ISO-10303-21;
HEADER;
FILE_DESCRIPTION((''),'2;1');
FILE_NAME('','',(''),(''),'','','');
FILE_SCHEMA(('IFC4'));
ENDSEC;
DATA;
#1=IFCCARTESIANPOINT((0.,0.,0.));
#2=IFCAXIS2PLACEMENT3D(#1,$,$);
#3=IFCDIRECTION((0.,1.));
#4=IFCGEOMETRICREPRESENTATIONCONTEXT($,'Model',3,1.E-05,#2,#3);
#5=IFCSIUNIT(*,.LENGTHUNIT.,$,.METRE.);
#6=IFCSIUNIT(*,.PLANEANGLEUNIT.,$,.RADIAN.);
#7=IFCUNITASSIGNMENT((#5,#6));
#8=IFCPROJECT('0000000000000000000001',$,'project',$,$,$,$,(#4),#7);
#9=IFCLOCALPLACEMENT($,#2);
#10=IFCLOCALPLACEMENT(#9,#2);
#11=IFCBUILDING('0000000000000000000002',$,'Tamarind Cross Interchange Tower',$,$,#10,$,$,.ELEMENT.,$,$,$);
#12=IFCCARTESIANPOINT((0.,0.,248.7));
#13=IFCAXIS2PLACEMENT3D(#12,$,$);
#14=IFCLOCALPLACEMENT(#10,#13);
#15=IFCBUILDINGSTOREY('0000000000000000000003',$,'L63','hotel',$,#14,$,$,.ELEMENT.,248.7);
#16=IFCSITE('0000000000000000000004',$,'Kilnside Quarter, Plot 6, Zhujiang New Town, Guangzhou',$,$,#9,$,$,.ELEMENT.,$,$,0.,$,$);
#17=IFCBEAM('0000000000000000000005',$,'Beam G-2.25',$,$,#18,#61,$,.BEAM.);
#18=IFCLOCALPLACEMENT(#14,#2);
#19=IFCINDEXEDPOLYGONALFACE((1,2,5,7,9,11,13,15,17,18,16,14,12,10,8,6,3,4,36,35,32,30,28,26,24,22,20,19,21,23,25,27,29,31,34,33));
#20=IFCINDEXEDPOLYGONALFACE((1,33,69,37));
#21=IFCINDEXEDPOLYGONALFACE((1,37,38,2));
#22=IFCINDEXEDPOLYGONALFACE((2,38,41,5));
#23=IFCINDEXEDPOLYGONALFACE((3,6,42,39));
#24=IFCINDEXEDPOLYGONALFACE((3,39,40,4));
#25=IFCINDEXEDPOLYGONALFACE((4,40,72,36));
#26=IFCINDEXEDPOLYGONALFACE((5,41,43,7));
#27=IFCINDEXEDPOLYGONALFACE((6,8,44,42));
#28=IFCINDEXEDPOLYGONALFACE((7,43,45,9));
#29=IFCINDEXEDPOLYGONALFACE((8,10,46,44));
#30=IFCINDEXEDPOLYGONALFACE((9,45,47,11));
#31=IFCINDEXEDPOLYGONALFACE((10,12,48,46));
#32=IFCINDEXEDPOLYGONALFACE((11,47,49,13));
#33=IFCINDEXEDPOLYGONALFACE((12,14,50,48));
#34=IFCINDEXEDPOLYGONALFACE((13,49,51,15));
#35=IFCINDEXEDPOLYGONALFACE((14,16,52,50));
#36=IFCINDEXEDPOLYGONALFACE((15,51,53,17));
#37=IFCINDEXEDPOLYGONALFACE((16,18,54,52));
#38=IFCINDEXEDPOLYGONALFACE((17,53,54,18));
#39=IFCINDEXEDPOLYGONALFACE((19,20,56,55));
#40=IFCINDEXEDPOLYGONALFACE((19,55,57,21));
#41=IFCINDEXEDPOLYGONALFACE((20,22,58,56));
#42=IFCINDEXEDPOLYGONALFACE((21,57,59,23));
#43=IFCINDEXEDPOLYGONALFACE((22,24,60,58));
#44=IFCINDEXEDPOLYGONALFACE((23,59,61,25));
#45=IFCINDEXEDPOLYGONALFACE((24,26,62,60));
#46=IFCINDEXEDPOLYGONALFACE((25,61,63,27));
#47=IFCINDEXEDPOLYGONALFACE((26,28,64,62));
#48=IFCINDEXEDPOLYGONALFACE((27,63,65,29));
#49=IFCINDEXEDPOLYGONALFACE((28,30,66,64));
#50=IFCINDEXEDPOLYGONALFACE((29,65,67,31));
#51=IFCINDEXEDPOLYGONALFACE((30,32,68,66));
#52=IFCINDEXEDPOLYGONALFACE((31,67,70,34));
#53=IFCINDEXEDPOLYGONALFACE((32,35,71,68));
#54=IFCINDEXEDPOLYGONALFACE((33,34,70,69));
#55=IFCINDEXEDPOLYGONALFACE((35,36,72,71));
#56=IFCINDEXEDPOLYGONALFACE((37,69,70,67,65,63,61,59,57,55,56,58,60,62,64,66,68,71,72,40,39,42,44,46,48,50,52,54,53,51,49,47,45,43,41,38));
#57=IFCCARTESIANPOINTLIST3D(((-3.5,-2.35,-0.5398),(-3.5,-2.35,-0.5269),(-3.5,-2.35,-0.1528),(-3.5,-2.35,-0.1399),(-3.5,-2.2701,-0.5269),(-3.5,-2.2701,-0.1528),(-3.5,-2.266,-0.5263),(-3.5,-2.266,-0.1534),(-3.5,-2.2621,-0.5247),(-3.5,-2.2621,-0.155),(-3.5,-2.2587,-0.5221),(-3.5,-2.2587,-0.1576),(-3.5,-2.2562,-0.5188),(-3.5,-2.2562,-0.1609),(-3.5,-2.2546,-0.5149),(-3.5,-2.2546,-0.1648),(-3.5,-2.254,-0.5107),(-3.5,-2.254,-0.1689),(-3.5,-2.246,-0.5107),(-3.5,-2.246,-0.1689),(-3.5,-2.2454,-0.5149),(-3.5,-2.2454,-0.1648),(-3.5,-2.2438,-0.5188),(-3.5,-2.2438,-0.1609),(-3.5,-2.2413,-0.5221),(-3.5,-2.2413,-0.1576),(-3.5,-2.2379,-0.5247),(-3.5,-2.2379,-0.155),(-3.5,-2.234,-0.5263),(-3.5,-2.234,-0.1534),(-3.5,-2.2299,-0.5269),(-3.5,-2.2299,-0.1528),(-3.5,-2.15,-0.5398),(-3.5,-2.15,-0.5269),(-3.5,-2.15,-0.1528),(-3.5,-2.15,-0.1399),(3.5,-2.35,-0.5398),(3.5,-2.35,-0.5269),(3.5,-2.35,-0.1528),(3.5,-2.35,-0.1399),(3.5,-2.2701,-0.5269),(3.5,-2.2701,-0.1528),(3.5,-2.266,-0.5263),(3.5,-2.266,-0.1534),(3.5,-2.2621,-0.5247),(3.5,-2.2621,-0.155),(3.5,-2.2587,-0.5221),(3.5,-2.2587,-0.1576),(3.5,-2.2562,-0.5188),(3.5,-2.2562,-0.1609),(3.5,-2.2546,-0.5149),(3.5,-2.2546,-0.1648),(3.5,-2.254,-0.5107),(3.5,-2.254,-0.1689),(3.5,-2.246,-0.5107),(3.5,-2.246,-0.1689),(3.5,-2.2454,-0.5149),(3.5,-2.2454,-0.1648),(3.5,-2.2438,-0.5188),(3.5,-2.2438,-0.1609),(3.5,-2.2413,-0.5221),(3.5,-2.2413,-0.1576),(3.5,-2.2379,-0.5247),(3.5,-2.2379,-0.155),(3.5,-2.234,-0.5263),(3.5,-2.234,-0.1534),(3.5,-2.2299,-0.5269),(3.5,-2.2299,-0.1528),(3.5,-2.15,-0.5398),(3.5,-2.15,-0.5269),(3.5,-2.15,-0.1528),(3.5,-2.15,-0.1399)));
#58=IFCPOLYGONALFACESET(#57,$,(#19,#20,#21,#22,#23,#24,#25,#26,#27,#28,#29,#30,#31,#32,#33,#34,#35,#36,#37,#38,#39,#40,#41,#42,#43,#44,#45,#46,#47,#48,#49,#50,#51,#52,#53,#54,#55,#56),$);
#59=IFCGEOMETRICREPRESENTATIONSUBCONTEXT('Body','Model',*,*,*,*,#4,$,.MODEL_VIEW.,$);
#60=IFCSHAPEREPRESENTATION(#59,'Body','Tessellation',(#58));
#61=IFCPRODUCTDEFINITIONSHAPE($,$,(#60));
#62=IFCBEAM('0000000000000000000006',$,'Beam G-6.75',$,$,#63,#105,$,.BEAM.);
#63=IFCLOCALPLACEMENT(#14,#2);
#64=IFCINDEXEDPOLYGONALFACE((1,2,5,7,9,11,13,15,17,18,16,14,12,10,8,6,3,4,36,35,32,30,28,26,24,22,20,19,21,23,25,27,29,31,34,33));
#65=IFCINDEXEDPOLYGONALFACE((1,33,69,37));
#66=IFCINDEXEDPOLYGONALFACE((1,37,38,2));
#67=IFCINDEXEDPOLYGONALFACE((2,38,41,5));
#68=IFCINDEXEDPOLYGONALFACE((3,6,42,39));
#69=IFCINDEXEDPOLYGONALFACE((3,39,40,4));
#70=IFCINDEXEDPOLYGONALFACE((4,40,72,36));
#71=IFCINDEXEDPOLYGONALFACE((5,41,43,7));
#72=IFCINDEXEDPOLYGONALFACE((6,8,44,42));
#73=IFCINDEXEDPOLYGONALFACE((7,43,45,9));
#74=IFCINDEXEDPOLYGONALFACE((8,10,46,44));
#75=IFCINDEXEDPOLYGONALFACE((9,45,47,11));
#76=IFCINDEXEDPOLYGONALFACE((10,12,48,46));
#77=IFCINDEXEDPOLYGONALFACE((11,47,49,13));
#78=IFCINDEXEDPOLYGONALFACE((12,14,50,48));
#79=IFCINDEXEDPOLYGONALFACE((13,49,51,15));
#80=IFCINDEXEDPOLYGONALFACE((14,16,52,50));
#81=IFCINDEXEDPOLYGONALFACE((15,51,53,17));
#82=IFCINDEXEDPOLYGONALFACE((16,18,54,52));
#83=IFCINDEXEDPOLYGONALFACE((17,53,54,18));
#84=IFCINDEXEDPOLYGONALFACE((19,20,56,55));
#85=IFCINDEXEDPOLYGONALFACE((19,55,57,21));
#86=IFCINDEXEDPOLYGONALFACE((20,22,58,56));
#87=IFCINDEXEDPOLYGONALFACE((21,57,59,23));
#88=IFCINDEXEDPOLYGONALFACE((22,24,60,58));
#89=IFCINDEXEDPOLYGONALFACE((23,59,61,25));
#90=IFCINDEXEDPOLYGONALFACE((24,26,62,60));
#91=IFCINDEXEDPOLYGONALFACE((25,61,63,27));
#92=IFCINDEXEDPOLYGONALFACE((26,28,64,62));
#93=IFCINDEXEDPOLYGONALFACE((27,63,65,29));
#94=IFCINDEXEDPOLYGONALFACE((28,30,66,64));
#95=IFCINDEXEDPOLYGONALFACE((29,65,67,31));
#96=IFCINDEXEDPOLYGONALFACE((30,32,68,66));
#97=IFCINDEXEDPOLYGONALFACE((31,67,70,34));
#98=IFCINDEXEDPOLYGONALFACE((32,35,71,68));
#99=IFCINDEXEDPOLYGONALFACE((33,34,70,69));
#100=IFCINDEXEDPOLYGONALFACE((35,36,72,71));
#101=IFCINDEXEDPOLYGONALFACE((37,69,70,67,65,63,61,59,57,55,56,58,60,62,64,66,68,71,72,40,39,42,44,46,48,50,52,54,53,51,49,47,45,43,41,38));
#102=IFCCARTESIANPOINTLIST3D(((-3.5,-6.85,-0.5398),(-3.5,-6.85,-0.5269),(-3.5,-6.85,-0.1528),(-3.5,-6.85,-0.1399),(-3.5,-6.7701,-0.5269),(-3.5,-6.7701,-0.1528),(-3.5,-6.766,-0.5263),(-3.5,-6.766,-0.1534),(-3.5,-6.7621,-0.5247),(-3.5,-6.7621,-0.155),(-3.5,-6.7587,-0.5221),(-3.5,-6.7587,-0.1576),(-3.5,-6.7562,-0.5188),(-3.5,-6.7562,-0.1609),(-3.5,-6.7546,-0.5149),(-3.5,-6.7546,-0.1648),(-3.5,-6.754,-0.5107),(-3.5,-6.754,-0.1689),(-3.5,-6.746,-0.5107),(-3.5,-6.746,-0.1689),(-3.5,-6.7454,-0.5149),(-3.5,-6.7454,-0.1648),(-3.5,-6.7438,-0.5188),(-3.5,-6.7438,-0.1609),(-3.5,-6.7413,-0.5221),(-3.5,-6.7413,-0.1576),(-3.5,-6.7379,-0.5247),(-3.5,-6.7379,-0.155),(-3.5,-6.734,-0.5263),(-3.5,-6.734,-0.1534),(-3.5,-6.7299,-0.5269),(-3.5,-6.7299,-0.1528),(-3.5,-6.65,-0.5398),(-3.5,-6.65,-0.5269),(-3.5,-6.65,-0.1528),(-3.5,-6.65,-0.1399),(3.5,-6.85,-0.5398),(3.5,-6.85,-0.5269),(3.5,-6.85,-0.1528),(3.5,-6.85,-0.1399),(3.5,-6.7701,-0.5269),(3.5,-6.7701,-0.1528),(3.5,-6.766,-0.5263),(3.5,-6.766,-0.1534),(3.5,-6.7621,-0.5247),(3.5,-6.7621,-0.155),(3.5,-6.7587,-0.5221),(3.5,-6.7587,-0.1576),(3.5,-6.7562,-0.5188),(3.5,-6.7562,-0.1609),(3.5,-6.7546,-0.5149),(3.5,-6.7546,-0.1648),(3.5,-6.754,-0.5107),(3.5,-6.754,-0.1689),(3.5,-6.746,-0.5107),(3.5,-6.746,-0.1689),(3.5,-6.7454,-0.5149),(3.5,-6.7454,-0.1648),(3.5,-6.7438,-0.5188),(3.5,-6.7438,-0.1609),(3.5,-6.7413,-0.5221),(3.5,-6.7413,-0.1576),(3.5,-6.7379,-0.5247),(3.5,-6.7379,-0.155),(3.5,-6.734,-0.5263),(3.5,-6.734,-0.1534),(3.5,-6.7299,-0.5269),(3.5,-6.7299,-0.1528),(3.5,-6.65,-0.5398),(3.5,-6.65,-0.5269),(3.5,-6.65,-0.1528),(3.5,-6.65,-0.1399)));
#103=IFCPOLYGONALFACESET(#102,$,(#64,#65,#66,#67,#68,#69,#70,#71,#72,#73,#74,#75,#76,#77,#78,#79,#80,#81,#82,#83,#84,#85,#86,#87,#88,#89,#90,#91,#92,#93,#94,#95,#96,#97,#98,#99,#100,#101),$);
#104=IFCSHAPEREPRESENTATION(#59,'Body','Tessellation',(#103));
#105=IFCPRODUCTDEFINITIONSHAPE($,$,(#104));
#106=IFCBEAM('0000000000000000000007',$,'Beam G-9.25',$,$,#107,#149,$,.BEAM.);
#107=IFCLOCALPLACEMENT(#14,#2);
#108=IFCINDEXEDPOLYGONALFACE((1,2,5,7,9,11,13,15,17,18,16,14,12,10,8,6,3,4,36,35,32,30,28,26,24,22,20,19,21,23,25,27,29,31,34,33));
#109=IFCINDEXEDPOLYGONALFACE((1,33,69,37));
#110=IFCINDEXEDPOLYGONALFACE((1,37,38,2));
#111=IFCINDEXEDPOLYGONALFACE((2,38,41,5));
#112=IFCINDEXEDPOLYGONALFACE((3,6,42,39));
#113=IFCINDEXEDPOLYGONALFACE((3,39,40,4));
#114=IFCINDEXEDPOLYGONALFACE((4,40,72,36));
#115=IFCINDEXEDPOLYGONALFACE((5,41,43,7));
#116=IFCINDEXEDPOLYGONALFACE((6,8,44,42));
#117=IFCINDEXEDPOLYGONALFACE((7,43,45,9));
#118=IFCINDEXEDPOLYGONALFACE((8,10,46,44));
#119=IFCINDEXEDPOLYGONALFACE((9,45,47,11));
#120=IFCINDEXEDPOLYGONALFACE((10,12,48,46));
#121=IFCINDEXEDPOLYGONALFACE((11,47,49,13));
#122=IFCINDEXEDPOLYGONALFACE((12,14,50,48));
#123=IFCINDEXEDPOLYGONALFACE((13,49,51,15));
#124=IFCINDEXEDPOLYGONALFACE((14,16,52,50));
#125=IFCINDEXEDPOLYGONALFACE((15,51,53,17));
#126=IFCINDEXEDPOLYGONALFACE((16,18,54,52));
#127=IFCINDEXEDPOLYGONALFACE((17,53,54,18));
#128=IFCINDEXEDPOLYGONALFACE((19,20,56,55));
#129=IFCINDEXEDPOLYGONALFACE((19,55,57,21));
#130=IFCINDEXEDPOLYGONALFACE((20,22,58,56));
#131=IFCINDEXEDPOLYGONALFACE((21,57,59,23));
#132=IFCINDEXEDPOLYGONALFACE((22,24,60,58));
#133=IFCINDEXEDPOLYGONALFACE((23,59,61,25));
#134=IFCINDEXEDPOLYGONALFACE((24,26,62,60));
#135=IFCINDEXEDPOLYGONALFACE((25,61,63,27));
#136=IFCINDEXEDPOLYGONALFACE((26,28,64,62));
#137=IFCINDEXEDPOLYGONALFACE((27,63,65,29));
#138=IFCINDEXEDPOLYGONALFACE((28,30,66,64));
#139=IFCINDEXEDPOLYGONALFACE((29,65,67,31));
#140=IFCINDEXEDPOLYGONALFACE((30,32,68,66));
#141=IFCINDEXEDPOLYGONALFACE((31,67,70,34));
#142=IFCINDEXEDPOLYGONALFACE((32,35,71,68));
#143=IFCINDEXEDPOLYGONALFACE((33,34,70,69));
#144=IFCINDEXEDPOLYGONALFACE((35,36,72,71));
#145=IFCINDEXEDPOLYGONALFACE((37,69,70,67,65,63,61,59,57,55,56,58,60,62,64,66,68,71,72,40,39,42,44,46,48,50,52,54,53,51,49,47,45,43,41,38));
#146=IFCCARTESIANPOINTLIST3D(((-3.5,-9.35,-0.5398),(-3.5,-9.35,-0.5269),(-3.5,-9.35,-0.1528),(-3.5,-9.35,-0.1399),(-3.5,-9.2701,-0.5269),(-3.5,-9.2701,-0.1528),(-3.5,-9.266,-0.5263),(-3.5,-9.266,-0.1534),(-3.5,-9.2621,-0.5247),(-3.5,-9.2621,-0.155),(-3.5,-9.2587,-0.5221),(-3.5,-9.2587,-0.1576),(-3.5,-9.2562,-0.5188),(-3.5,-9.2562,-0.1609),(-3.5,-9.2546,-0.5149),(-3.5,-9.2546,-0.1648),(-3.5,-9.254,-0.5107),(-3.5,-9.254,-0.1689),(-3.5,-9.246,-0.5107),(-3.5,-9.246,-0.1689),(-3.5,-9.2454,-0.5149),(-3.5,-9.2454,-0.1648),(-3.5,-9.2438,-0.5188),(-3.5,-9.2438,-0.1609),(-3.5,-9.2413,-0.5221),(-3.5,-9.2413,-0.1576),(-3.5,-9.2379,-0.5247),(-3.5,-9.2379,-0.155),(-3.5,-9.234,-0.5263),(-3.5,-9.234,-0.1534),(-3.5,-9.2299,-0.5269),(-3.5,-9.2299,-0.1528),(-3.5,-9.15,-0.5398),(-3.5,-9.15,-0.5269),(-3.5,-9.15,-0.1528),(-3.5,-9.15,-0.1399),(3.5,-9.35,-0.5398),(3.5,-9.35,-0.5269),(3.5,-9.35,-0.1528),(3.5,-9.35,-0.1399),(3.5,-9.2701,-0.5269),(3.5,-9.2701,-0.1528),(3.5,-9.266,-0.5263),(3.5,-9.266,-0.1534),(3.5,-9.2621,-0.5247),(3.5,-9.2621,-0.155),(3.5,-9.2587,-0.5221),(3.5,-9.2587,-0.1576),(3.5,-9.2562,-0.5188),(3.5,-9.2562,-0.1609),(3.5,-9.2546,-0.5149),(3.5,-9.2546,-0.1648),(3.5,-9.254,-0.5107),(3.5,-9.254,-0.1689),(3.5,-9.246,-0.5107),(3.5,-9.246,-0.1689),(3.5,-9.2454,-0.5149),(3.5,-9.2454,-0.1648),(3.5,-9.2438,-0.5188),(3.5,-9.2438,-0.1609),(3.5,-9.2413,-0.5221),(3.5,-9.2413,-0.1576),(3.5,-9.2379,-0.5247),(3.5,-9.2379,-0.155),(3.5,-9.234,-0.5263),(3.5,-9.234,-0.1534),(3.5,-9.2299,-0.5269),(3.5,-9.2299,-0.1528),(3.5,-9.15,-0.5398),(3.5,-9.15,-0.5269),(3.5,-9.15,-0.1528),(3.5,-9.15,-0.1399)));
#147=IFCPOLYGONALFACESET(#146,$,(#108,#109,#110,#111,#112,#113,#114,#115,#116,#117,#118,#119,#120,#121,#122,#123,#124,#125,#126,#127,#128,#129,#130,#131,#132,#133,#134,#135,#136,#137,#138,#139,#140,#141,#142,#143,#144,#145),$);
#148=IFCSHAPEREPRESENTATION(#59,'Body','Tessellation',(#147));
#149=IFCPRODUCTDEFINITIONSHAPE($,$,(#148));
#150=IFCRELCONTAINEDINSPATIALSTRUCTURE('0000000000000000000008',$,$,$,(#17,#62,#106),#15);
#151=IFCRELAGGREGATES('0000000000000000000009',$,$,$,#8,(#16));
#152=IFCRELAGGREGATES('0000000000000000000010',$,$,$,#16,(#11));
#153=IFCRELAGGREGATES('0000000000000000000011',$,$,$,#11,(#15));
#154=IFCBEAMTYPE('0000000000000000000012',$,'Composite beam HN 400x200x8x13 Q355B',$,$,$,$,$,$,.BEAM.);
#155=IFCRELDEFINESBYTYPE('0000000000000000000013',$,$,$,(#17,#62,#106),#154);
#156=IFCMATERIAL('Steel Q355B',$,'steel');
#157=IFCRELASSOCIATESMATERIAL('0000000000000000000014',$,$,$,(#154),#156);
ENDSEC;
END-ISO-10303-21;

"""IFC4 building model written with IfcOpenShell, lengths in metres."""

from ifc_helpers import new_model, si_unit, direction, frame, origin, origin_2d, place, context, subcontext, project, spatial, i_section, extrude, material, material_profile, profile_set, type_object, element, save


model = new_model("IFC4")

# Units and contexts
model_context = context("Model", 3, precision=1e-05, world=origin(), true_north=direction((0.0, 1.0)))
body_context = subcontext(model_context, "Body", "Model", "MODEL_VIEW")
ifc_project = project(units=[si_unit("LENGTHUNIT", "METRE"), si_unit("PLANEANGLEUNIT", "RADIAN")], contexts=[model_context])

# Site, building, storey
site_placement = place(None, origin())
site = spatial("IfcSite", under=ifc_project, at=site_placement, Name="Kilnside Quarter, Plot 6, Zhujiang New Town, Guangzhou", CompositionType="ELEMENT", RefElevation=0.0)
building_placement = place(site_placement, origin())
building = spatial("IfcBuilding", under=site, at=building_placement, Name="Tamarind Cross Interchange Tower", CompositionType="ELEMENT")
storey_placement = place(building_placement, frame((0.0, 0.0, 248.7)))
storey = spatial("IfcBuildingStorey", under=building, at=storey_placement, Name="L63", Description="hotel", CompositionType="ELEMENT", Elevation=248.7)

# Beams
ifc_material_1 = material(Name="Steel Q355B", Category="steel")
ifc_material_profile = material_profile(ifc_material_1, i_section(OverallWidth=0.2, OverallDepth=0.3999, WebThickness=0.0081, FlangeThickness=0.0129, FilletRadius=0.0161, at=origin_2d()), Name="HN 400x200x8x13")
ifc_profile_set = profile_set([ifc_material_profile], Name="Steel Q355B")
beam_type = type_object("IfcBeamType", Name="Composite beam HN 400x200x8x13 Q355B", PredefinedType="BEAM", material=ifc_profile_set)
for number, where, z_axis, x_axis, name in (
    (1, (-3.5, -2.25, -0.3398), (1.0, 0.0, 0.0), (0.0, 1.0, 0.0), "Beam G-2.25"),
    (2, (-3.5, -6.75, -0.3398), (1.0, 0.0, 0.0), (0.0, 1.0, 0.0), "Beam G-6.75"),
    (3, (-3.5, -9.25, -0.3398), (1.0, 0.0, 0.0), (0.0, 1.0, 0.0), "Beam G-9.25"),
):
    element("IfcBeam", number, at=place(storey_placement, frame(where, z_axis=z_axis, x_axis=x_axis)), inside=storey, type_object=beam_type, Name=name, PredefinedType="BEAM", context=body_context, shape_type="SweptSolid", body=[
        extrude(i_section(OverallWidth=0.2, OverallDepth=0.3999, WebThickness=0.0081, FlangeThickness=0.0129, FilletRadius=0.0161, at=origin_2d()), origin(), (0.0, 0.0, 1.0), 7.0),
    ])

save(model, "model.ifc")
